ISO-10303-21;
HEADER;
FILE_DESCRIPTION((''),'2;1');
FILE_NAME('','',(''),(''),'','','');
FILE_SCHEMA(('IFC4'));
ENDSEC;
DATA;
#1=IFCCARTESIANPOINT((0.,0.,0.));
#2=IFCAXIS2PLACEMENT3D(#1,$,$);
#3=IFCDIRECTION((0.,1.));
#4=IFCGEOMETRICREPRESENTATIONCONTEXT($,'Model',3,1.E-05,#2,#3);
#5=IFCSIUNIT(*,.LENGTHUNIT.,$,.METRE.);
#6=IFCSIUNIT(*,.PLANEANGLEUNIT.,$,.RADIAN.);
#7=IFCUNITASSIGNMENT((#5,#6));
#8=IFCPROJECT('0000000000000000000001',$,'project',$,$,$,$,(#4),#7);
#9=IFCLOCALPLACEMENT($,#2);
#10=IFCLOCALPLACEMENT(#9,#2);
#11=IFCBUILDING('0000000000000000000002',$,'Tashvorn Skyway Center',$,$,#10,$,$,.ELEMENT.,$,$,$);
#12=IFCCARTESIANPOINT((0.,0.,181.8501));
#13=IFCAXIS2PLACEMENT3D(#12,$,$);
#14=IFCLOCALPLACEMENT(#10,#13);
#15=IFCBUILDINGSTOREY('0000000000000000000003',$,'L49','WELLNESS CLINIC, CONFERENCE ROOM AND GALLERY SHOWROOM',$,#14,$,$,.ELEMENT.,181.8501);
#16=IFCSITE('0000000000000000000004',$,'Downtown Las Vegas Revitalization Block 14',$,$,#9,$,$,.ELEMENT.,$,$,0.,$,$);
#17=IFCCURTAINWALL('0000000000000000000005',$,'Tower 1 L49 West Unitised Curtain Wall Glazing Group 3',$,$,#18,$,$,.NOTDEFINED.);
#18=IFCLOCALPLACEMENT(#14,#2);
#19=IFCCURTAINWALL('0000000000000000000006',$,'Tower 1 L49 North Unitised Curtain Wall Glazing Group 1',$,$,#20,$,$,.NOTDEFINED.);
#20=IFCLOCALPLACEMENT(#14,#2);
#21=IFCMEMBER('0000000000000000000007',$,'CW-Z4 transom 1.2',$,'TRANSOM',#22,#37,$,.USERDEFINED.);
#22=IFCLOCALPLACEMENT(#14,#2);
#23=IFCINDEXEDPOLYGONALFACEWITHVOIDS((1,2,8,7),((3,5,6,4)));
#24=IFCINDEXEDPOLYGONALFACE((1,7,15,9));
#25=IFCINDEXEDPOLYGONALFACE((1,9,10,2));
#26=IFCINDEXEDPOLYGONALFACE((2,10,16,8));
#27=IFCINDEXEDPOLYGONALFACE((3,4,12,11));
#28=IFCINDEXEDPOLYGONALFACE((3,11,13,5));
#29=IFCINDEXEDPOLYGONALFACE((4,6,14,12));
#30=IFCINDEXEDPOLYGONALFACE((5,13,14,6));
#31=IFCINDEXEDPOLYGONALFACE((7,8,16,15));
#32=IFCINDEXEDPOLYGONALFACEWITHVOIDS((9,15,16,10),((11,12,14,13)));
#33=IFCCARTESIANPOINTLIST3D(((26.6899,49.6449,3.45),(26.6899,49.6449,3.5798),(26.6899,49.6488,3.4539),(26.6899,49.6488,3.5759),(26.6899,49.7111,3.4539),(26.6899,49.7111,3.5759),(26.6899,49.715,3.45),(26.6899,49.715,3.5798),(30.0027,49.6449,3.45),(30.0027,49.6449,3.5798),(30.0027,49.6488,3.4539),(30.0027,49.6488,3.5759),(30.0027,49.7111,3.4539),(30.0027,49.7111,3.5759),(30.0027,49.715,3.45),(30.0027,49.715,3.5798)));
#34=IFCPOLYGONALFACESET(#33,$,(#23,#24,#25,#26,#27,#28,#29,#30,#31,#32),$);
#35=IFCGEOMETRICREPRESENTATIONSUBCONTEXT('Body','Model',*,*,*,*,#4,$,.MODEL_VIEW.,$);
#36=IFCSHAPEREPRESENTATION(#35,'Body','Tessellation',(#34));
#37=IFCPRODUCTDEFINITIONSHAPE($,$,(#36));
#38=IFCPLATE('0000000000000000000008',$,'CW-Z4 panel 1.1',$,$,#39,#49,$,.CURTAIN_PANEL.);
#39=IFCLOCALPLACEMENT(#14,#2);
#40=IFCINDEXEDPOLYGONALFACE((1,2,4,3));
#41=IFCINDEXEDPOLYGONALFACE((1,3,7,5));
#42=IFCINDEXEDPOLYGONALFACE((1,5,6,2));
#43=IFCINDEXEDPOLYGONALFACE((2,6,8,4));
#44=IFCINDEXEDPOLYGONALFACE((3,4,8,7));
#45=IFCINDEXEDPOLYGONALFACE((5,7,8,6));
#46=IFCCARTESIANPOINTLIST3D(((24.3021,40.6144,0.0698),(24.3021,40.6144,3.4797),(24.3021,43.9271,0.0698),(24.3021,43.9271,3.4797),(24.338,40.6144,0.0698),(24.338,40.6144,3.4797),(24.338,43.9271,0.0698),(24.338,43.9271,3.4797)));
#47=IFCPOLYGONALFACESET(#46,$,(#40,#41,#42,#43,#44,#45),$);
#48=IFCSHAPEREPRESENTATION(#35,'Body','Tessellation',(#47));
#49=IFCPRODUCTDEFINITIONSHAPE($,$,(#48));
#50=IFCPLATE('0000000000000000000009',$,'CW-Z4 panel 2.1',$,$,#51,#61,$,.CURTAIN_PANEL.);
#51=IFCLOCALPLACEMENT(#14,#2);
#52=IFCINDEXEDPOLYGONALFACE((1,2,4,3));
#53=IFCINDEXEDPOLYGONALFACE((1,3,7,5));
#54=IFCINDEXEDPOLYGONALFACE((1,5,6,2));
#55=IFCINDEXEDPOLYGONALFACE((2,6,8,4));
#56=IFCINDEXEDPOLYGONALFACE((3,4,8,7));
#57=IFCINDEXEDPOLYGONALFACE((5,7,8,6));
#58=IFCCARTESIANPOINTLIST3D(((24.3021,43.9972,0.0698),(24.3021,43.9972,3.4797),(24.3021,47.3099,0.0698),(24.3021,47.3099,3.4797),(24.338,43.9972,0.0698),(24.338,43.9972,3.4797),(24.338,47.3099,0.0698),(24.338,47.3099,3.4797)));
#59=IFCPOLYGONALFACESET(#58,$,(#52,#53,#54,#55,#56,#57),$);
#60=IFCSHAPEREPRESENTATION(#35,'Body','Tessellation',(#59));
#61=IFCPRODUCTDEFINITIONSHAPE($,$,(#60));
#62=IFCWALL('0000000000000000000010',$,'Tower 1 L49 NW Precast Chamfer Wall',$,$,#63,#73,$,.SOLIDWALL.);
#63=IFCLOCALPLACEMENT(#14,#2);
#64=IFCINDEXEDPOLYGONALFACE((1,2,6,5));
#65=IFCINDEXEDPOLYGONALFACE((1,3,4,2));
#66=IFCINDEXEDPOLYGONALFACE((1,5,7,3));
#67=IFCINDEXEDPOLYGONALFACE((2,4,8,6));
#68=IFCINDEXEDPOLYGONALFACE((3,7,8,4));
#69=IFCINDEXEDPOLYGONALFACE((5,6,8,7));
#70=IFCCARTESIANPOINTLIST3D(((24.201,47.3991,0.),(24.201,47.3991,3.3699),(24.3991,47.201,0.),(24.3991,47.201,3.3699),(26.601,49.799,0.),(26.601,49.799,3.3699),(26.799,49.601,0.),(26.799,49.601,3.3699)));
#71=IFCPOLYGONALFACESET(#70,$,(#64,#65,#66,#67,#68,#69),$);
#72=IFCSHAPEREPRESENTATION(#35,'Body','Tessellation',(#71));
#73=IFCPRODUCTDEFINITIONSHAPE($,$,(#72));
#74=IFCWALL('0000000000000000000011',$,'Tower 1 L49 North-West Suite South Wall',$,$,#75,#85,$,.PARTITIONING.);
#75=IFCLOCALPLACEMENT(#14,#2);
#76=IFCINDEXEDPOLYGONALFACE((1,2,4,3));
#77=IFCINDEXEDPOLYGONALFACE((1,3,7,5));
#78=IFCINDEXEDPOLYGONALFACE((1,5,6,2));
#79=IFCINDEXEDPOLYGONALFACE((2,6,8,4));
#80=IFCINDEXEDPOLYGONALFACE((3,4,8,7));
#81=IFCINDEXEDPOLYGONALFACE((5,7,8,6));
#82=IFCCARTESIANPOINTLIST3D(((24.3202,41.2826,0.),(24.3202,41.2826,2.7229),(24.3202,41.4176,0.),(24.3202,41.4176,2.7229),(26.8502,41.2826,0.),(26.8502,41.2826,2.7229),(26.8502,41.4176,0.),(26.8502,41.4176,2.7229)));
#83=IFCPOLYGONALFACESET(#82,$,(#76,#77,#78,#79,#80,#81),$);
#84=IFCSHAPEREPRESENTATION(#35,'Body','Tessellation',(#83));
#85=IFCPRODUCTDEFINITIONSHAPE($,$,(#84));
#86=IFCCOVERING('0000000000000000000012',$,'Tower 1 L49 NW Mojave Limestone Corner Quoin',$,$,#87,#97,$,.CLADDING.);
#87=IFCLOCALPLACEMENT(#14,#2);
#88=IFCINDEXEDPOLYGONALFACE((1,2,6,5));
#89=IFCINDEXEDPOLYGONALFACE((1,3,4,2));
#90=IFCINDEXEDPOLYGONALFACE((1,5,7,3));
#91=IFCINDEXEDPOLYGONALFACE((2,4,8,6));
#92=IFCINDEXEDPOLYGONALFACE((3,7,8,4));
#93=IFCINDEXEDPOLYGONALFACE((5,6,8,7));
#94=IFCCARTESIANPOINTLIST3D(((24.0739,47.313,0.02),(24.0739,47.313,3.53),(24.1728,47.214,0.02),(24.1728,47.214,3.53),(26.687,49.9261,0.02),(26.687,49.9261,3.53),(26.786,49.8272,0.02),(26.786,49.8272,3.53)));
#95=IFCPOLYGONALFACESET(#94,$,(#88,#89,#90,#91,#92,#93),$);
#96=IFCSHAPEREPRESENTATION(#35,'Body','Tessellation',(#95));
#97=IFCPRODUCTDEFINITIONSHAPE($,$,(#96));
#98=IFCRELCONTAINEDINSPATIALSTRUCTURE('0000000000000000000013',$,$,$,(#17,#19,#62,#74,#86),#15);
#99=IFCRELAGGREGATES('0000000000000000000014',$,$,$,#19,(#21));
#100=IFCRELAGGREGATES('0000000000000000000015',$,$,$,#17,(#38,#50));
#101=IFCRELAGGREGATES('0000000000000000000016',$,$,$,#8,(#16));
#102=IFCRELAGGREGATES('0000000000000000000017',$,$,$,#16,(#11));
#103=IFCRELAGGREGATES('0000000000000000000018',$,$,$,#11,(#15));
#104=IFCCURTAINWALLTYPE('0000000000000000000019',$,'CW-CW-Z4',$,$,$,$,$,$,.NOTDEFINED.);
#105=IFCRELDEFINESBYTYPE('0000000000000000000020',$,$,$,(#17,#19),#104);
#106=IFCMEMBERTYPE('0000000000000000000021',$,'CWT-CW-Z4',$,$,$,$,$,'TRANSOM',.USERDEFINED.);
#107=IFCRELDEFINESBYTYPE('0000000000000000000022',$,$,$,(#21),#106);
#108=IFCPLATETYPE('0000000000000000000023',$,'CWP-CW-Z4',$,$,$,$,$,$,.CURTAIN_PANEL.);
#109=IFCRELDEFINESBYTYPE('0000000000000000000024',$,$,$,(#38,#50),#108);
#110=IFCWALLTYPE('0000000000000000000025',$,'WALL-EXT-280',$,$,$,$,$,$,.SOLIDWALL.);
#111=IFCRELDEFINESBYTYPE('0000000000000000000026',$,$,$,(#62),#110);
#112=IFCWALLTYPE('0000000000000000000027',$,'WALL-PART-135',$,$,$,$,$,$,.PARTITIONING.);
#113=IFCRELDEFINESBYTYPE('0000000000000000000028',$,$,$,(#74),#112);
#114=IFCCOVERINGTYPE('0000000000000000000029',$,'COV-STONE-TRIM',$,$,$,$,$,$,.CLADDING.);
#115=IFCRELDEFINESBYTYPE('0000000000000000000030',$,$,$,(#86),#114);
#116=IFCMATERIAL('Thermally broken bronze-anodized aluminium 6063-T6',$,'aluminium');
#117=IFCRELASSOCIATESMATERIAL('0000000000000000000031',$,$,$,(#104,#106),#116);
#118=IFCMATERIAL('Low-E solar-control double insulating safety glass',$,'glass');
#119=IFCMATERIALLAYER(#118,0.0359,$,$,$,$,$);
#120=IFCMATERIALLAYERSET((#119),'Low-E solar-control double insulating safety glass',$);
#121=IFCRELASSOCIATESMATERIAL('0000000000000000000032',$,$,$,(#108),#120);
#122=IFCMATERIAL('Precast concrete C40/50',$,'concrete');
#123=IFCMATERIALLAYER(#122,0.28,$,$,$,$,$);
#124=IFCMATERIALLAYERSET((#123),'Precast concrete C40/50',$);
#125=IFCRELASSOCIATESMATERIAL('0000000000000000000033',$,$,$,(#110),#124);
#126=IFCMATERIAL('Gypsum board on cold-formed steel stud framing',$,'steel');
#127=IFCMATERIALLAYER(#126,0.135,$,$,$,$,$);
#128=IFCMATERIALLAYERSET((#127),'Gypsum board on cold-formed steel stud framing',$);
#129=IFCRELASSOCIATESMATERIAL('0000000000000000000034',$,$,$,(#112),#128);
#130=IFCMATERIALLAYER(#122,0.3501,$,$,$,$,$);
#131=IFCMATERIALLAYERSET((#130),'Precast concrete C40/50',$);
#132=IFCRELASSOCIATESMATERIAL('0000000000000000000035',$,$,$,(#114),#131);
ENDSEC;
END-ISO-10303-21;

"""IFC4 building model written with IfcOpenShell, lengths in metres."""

from ifc_helpers import new_model, si_unit, direction, frame, frame_2d, origin, origin_2d, place, context, subcontext, project, spatial, rectangle, hollow_rectangle, extrude, material, layer, layer_set, material_profile, profile_set, type_object, element, aggregate, save


model = new_model("IFC4")

# Units and contexts
model_context = context("Model", 3, precision=1e-05, world=origin(), true_north=direction((0.0, 1.0)))
body_context = subcontext(model_context, "Body", "Model", "MODEL_VIEW")
ifc_project = project(units=[si_unit("LENGTHUNIT", "METRE"), si_unit("PLANEANGLEUNIT", "RADIAN")], contexts=[model_context])

# Site, building, storey
site_placement = place(None, origin())
site = spatial("IfcSite", under=ifc_project, at=site_placement, Name="Downtown Las Vegas Revitalization Block 14", CompositionType="ELEMENT", RefElevation=0.0)
building_placement = place(site_placement, origin())
building = spatial("IfcBuilding", under=site, at=building_placement, Name="Tashvorn Skyway Center", CompositionType="ELEMENT")
storey_placement = place(building_placement, frame((0.0, 0.0, 181.8501)))
storey = spatial("IfcBuildingStorey", under=building, at=storey_placement, Name="L49", Description="WELLNESS CLINIC, CONFERENCE ROOM AND GALLERY SHOWROOM", CompositionType="ELEMENT", Elevation=181.8501)

# Curtain wall
ifc_material_1 = material(Name="Thermally broken bronze-anodized aluminium 6063-T6", Category="aluminium")
curtain_wall_type = type_object("IfcCurtainWallType", Name="CW-CW-Z4", PredefinedType="NOTDEFINED", material=ifc_material_1)
curtain_wall_1_placement = place(storey_placement, origin())
curtain_wall_1 = element("IfcCurtainWall", 1, at=curtain_wall_1_placement, inside=storey, type_object=curtain_wall_type, Name="Tower 1 L49 West Unitised Curtain Wall Glazing Group 3", PredefinedType="NOTDEFINED")

# Curtain wall
curtain_wall_2_placement = place(storey_placement, origin())
curtain_wall_2 = element("IfcCurtainWall", 2, at=curtain_wall_2_placement, inside=storey, type_object=curtain_wall_type, Name="Tower 1 L49 North Unitised Curtain Wall Glazing Group 1", PredefinedType="NOTDEFINED")

# Member
ifc_material_profile_1 = material_profile(ifc_material_1, hollow_rectangle(XDim=0.0701, YDim=0.1299, WallThickness=0.0039, at=origin_2d()), Name="ALU-TRAN-70x130")
ifc_profile_set_1 = profile_set([ifc_material_profile_1], Name="Thermally broken bronze-anodized aluminium 6063-T6")
member_type_1 = type_object("IfcMemberType", Name="CWT-CW-Z4", ElementType="TRANSOM", PredefinedType="USERDEFINED", material=ifc_profile_set_1)
member_1_placement = place(storey_placement, frame((26.6899, 49.6799, 3.5149), z_axis=(1.0, 0.0, 0.0), x_axis=(0.0, 1.0, 0.0)))
member_1 = element("IfcMember", 3, at=member_1_placement, type_object=member_type_1, Name="CW-Z4 transom 1.2", ObjectType="TRANSOM", PredefinedType="USERDEFINED", context=body_context, shape_type="SweptSolid", body=[
    extrude(hollow_rectangle(XDim=0.0701, YDim=0.1299, WallThickness=0.0039, at=origin_2d()), origin(), (0.0, 0.0, 1.0), 3.3127),
])
aggregate(curtain_wall_2, [member_1])

# Plates
ifc_material_2 = material(Name="Low-E solar-control double insulating safety glass", Category="glass")
ifc_layer_1 = layer(ifc_material_2, 0.0359)
ifc_layer_set_1 = layer_set([ifc_layer_1], Name="Low-E solar-control double insulating safety glass")
plate_type = type_object("IfcPlateType", Name="CWP-CW-Z4", PredefinedType="CURTAIN_PANEL", material=ifc_layer_set_1)
plate_1_placement = place(storey_placement, frame((24.3201, 42.2708, 0.0698), z_axis=(0.0, 0.0, 1.0), x_axis=(0.0, 1.0, 0.0)))
plate_1 = element("IfcPlate", 4, at=plate_1_placement, type_object=plate_type, Name="CW-Z4 panel 1.1", PredefinedType="CURTAIN_PANEL", context=body_context, shape_type="SweptSolid", body=[
    extrude(rectangle(XDim=3.3127, YDim=0.0359, at=origin_2d()), origin(), (0.0, 0.0, 1.0), 3.4099),
])
plate_2_placement = place(storey_placement, frame((24.3201, 45.6536, 0.0698), z_axis=(0.0, 0.0, 1.0), x_axis=(0.0, 1.0, 0.0)))
plate_2 = element("IfcPlate", 5, at=plate_2_placement, type_object=plate_type, Name="CW-Z4 panel 2.1", PredefinedType="CURTAIN_PANEL", context=body_context, shape_type="SweptSolid", body=[
    extrude(rectangle(XDim=3.3127, YDim=0.0359, at=origin_2d()), origin(), (0.0, 0.0, 1.0), 3.4099),
])
aggregate(curtain_wall_1, [plate_1, plate_2])

# Walls
ifc_material_3 = material(Name="Precast concrete C40/50", Category="concrete")
ifc_layer_2 = layer(ifc_material_3, 0.28)
ifc_layer_set_2 = layer_set([ifc_layer_2], Name="Precast concrete C40/50")
wall_type_1 = type_object("IfcWallType", Name="WALL-EXT-280", PredefinedType="SOLIDWALL", material=ifc_layer_set_2)
wall_1_placement = place(storey_placement, frame((24.3, 47.3, 0.0), z_axis=(0.0, 0.0, 1.0), x_axis=(0.707107, 0.707107, 0.0)))
element("IfcWall", 6, at=wall_1_placement, inside=storey, type_object=wall_type_1, Name="Tower 1 L49 NW Precast Chamfer Wall", PredefinedType="SOLIDWALL", context=body_context, shape_type="SweptSolid", body=[
    extrude(rectangle(XDim=3.394, YDim=0.28, at=frame_2d((1.697, 0.0))), origin(), (0.0, 0.0, 1.0), 3.3699),
])
ifc_material_4 = material(Name="Gypsum board on cold-formed steel stud framing", Category="steel")
ifc_layer_3 = layer(ifc_material_4, 0.135)
ifc_layer_set_3 = layer_set([ifc_layer_3], Name="Gypsum board on cold-formed steel stud framing")
wall_type_2 = type_object("IfcWallType", Name="WALL-PART-135", PredefinedType="PARTITIONING", material=ifc_layer_set_3)
wall_2_placement = place(storey_placement, frame((24.3201, 41.3501, 0.0), z_axis=(0.0, 0.0, 1.0), x_axis=(1.0, 0.0, 0.0)))
element("IfcWall", 7, at=wall_2_placement, inside=storey, type_object=wall_type_2, Name="Tower 1 L49 North-West Suite South Wall", PredefinedType="PARTITIONING", context=body_context, shape_type="SweptSolid", body=[
    extrude(rectangle(XDim=2.53, YDim=0.135, at=frame_2d((1.2651, 0.0))), origin(), (0.0, 0.0, 1.0), 2.7229),
])

# Covering
ifc_layer_4 = layer(ifc_material_3, 0.3501)
ifc_layer_set_4 = layer_set([ifc_layer_4], Name="Precast concrete C40/50")
covering_type = type_object("IfcCoveringType", Name="COV-STONE-TRIM", PredefinedType="CLADDING", material=ifc_layer_set_4)
covering_placement = place(storey_placement, frame((25.4299, 48.5701, 0.02), z_axis=(0.0, 0.0, 1.0), x_axis=(-0.707107, -0.707107, 0.0)))
element("IfcCovering", 8, at=covering_placement, inside=storey, type_object=covering_type, Name="Tower 1 L49 NW Mojave Limestone Corner Quoin", PredefinedType="CLADDING", context=body_context, shape_type="SweptSolid", body=[
    extrude(rectangle(XDim=3.6956, YDim=0.1399, at=origin_2d()), origin(), (0.0, 0.0, 1.0), 3.51),
])

save(model, "model.ifc")
